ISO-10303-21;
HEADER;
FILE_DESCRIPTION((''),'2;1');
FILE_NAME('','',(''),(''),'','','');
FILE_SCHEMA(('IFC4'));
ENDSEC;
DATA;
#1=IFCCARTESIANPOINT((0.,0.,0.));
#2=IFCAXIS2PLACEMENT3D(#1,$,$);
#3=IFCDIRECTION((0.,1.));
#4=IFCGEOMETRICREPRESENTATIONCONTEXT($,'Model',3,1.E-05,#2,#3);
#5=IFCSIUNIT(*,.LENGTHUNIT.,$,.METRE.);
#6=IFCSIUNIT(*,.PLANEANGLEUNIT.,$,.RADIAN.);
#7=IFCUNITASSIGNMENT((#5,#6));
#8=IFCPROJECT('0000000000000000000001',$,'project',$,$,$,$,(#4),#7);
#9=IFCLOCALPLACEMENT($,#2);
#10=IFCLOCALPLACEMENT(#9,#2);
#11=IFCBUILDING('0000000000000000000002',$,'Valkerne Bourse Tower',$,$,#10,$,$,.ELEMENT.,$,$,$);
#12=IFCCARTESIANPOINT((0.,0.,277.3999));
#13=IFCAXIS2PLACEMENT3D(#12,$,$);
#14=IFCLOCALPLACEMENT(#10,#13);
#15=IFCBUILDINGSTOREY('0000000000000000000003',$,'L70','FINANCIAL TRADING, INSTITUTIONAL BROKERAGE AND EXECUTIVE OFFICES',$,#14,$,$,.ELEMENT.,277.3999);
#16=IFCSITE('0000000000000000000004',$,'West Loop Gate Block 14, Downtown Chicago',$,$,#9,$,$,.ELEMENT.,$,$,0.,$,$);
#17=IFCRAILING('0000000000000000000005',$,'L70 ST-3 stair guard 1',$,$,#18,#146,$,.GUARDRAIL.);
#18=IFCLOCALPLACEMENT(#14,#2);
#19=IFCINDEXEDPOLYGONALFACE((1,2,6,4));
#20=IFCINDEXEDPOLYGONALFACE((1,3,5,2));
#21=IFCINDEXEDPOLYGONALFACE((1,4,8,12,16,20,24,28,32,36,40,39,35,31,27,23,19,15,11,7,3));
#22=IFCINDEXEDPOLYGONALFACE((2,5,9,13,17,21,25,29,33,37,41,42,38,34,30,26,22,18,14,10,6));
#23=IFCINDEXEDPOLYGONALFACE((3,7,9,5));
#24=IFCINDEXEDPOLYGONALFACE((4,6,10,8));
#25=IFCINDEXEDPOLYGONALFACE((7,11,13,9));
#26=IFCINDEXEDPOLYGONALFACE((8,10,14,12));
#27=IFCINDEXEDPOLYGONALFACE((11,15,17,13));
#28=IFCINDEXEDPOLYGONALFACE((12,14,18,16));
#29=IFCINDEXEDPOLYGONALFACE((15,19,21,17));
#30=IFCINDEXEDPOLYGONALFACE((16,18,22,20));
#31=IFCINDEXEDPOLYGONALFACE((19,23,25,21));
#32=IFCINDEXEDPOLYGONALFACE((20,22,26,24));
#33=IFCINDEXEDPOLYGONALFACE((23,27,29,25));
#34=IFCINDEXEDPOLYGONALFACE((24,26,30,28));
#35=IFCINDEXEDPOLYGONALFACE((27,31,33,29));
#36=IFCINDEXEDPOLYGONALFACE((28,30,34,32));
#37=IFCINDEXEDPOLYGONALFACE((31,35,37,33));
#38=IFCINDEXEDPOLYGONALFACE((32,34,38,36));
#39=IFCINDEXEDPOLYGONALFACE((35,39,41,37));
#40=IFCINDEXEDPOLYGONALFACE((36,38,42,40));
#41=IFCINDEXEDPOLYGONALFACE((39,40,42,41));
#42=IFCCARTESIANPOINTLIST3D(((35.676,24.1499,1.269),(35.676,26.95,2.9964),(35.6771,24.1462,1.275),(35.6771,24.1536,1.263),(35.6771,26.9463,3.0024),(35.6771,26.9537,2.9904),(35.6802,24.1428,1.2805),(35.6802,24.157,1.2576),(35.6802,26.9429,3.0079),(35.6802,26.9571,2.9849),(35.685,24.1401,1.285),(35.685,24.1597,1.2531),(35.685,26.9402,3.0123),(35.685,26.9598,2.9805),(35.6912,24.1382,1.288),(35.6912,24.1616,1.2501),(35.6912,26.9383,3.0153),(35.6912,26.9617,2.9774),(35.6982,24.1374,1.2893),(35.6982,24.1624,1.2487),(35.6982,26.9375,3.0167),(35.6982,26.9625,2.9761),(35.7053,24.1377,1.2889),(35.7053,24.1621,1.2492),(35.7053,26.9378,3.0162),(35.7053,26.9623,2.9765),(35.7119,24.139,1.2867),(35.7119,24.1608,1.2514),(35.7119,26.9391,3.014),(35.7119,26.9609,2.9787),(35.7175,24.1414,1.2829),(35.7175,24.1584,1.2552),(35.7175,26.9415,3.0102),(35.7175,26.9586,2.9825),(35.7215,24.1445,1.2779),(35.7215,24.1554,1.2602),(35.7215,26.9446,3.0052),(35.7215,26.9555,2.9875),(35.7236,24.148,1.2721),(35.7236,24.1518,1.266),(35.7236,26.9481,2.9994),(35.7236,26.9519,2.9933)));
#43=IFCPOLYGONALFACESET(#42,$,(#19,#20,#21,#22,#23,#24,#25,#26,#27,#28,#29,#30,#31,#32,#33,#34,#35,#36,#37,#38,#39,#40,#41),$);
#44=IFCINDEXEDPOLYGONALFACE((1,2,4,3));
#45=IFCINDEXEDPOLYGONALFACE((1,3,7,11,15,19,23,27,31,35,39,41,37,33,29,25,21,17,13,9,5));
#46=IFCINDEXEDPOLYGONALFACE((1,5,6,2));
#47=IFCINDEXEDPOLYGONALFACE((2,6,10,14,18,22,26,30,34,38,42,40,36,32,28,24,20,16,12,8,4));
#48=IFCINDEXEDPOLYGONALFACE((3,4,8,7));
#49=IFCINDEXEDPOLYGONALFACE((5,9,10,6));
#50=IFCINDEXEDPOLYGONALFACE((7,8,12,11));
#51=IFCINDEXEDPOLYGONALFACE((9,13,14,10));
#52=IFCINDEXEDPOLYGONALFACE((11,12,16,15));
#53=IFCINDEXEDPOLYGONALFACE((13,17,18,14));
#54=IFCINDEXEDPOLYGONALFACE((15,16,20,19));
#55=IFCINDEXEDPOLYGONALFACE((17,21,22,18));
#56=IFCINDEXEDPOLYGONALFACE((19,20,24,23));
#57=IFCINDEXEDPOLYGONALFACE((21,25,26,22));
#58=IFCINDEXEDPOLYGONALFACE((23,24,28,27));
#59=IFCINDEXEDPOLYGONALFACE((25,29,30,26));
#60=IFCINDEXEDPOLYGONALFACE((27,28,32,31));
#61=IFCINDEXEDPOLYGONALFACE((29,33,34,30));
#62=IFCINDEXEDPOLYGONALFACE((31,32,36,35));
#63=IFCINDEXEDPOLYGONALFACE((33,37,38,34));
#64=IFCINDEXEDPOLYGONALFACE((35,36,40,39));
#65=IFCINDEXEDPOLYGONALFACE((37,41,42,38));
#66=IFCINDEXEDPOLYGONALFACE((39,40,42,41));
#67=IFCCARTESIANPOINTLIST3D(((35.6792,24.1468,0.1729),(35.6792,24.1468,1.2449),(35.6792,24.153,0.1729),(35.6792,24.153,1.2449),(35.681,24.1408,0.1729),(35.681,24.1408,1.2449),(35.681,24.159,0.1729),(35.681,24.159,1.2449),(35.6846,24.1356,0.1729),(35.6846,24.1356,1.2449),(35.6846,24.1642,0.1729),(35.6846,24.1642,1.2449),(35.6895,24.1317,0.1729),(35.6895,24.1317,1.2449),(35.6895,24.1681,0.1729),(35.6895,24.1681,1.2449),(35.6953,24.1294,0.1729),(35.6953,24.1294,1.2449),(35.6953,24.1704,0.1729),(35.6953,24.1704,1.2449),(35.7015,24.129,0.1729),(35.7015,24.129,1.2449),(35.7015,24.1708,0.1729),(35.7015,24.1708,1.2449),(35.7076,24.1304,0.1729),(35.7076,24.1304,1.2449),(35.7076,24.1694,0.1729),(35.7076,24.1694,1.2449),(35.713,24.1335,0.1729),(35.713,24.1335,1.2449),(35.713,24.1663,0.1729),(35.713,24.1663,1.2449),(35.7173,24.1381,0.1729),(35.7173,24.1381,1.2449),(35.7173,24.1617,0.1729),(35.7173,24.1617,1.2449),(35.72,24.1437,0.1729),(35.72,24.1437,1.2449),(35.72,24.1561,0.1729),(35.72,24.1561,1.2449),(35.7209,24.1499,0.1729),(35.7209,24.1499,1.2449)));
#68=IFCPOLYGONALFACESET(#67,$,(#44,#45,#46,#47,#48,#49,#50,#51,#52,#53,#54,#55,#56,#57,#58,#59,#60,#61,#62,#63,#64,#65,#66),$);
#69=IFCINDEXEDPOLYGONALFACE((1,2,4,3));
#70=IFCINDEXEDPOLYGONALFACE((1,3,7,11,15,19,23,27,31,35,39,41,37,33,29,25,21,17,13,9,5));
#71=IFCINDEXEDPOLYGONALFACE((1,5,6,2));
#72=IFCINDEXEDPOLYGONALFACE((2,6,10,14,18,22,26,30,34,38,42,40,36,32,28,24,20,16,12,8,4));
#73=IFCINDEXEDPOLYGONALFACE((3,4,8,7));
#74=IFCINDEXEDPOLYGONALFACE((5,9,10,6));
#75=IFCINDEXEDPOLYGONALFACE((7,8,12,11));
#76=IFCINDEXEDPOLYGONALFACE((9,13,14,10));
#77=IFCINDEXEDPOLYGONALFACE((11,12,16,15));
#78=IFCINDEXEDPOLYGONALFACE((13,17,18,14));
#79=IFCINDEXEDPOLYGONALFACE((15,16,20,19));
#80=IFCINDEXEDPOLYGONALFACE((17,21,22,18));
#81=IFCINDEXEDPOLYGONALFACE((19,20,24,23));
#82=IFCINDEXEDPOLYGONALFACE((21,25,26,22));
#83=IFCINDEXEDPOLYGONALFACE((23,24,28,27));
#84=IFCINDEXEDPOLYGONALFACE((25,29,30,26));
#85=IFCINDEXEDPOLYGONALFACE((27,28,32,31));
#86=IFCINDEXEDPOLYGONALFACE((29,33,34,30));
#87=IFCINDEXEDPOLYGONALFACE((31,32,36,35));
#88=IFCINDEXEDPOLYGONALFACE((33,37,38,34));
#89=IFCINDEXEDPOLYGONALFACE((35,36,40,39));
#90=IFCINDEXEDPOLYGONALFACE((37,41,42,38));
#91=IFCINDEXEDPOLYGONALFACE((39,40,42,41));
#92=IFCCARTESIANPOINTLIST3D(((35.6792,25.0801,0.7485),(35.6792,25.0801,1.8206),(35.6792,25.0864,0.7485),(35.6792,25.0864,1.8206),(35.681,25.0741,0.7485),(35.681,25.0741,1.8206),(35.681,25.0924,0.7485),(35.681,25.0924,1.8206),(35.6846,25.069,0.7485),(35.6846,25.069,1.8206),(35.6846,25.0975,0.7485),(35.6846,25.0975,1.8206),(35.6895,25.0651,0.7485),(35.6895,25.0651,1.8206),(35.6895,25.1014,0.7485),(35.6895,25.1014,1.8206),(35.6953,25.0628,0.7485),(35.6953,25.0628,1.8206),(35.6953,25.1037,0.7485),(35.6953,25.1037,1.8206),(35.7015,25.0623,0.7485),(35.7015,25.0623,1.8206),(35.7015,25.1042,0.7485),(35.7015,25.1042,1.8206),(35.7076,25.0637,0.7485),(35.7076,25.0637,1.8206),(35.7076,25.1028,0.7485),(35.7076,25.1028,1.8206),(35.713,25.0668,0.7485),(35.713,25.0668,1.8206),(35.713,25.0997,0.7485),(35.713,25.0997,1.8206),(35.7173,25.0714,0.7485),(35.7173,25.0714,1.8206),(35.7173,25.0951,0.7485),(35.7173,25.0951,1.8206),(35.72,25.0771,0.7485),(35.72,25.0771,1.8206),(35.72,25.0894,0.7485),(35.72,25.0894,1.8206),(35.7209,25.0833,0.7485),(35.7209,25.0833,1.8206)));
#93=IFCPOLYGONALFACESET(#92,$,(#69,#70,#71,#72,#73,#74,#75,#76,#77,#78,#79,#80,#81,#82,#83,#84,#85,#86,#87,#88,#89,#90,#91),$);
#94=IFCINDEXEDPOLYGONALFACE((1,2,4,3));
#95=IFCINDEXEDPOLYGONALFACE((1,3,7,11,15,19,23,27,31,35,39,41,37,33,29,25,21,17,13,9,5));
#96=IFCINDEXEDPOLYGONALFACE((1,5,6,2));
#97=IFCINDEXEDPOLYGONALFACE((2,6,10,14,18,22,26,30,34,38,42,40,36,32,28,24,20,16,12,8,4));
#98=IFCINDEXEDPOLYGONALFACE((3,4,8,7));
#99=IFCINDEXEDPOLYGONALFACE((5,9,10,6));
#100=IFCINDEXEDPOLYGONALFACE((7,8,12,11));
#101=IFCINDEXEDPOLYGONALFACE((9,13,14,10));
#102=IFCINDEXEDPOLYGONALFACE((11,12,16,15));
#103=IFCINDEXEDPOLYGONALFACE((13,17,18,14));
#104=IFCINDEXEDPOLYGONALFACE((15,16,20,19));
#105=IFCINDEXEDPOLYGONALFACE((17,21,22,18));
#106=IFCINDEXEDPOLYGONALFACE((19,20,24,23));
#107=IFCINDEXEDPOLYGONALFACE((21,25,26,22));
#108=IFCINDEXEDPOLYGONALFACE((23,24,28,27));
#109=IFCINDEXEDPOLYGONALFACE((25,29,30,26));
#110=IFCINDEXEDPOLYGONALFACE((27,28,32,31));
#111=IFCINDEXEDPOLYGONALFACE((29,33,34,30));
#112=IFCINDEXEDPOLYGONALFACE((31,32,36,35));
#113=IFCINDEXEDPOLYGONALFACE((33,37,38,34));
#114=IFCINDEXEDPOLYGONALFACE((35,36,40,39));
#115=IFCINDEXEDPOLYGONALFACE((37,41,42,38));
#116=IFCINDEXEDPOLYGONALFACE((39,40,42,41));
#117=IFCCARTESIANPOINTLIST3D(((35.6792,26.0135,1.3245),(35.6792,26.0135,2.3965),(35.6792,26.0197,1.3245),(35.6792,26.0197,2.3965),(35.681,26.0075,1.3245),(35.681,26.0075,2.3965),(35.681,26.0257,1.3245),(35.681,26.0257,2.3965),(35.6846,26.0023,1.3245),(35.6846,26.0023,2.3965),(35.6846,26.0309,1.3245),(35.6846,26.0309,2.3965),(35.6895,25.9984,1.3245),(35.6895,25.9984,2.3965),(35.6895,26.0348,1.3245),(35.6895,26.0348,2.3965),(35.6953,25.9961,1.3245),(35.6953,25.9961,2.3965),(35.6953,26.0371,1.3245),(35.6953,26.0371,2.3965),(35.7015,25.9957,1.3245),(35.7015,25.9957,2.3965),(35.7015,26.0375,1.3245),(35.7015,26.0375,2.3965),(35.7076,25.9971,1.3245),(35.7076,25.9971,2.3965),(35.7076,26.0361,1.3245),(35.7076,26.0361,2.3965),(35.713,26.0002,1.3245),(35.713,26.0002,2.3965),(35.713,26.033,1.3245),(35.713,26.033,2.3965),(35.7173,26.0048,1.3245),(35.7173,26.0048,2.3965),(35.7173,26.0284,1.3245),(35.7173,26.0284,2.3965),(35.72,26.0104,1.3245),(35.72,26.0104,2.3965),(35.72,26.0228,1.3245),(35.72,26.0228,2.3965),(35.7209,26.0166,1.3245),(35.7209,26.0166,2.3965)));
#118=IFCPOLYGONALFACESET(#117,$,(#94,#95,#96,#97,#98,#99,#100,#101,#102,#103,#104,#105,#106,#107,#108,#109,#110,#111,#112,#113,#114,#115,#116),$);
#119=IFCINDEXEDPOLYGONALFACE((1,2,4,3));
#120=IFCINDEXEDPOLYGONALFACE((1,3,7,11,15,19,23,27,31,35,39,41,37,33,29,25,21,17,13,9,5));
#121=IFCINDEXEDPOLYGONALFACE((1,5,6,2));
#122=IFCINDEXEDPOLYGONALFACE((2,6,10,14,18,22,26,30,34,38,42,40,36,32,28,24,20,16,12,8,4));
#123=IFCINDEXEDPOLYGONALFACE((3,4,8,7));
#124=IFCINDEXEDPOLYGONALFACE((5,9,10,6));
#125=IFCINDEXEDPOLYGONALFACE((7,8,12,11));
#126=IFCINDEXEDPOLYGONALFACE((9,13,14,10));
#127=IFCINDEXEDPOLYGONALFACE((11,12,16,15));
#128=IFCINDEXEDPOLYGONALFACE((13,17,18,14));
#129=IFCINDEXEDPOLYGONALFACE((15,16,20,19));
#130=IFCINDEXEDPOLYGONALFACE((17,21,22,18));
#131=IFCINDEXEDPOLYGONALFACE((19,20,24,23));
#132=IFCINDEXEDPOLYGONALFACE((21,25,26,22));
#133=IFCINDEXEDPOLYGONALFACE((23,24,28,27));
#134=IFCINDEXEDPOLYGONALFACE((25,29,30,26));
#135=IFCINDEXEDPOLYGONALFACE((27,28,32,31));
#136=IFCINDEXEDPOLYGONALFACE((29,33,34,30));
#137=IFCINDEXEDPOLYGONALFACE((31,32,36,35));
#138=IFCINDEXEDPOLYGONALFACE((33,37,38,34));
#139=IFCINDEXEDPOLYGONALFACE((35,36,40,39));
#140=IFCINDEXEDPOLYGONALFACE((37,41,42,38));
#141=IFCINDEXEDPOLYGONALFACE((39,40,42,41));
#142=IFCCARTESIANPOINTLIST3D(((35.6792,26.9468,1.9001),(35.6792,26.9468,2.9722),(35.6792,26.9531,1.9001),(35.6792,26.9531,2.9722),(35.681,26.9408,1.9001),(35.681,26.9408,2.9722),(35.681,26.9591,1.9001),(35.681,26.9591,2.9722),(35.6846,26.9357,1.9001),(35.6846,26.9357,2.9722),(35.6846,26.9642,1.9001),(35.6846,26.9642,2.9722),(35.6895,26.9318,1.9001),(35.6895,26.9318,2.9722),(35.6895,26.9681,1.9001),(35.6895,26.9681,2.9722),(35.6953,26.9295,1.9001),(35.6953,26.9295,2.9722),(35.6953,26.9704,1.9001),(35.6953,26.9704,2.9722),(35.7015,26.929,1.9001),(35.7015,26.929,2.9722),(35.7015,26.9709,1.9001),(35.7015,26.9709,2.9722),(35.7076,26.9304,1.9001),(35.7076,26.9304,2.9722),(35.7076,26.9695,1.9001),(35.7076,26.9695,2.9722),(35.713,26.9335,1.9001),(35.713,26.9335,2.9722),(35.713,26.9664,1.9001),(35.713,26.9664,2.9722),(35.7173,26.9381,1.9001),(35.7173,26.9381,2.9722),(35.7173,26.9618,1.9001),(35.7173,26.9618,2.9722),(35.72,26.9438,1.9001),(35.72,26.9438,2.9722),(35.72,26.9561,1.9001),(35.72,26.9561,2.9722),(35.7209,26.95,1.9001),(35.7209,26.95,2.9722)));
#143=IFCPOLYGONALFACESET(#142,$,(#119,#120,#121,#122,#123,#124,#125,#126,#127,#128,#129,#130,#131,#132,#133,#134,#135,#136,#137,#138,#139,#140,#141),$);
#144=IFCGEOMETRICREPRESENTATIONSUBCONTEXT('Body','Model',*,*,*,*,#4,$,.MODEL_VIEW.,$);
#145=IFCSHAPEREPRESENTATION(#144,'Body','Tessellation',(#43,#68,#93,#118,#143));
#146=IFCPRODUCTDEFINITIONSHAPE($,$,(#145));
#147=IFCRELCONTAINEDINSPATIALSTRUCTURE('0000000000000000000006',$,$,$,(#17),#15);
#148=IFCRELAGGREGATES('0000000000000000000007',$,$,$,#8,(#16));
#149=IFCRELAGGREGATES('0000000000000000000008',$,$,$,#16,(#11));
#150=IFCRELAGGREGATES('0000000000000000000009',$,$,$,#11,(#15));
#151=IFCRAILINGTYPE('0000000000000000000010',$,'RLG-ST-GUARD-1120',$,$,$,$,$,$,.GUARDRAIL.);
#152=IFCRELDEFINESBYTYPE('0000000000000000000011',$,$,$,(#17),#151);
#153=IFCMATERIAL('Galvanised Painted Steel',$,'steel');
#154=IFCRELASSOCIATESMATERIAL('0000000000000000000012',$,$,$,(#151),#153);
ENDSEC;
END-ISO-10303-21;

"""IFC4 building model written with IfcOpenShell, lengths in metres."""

from ifc_helpers import new_model, si_unit, direction, frame, origin, origin_2d, place, context, subcontext, project, spatial, circle, extrude, material, type_object, element, save


model = new_model("IFC4")

# Units and contexts
model_context = context("Model", 3, precision=1e-05, world=origin(), true_north=direction((0.0, 1.0)))
body_context = subcontext(model_context, "Body", "Model", "MODEL_VIEW")
ifc_project = project(units=[si_unit("LENGTHUNIT", "METRE"), si_unit("PLANEANGLEUNIT", "RADIAN")], contexts=[model_context])

# Site, building, storey
site_placement = place(None, origin())
site = spatial("IfcSite", under=ifc_project, at=site_placement, Name="West Loop Gate Block 14, Downtown Chicago", CompositionType="ELEMENT", RefElevation=0.0)
building_placement = place(site_placement, origin())
building = spatial("IfcBuilding", under=site, at=building_placement, Name="Valkerne Bourse Tower", CompositionType="ELEMENT")
storey_placement = place(building_placement, frame((0.0, 0.0, 277.3999)))
storey = spatial("IfcBuildingStorey", under=building, at=storey_placement, Name="L70", Description="FINANCIAL TRADING, INSTITUTIONAL BROKERAGE AND EXECUTIVE OFFICES", CompositionType="ELEMENT", Elevation=277.3999)

# Railing
ifc_material_1 = material(Name="Galvanised Painted Steel", Category="steel")
railing_type_1 = type_object("IfcRailingType", Name="RLG-ST-GUARD-1120", PredefinedType="GUARDRAIL", material=ifc_material_1)
railing_1_placement = place(storey_placement, frame((35.7, 24.1499, 0.1729)))
element("IfcRailing", 1, at=railing_1_placement, inside=storey, type_object=railing_type_1, Name="L70 ST-3 stair guard 1", PredefinedType="GUARDRAIL", context=body_context, shape_type="SweptSolid", body=[
    extrude(circle(Radius=0.0239, at=origin_2d()), frame((0.0, 0.0, 1.0962), z_axis=(0.0, 0.85109, 0.52502), x_axis=(-1.0, 0.0, 0.0)), (0.0, 0.0, 1.0), 3.29),
    extrude(circle(Radius=0.021, at=origin_2d()), origin(), (0.0, 0.0, 1.0), 1.072),
    extrude(circle(Radius=0.021, at=origin_2d()), frame((0.0, 0.9333, 0.5757)), (0.0, 0.0, 1.0), 1.072),
    extrude(circle(Radius=0.021, at=origin_2d()), frame((0.0, 1.8667, 1.1516)), (0.0, 0.0, 1.0), 1.072),
    extrude(circle(Radius=0.021, at=origin_2d()), frame((0.0, 2.8, 1.7273)), (0.0, 0.0, 1.0), 1.072),
])

save(model, "model.ifc")
